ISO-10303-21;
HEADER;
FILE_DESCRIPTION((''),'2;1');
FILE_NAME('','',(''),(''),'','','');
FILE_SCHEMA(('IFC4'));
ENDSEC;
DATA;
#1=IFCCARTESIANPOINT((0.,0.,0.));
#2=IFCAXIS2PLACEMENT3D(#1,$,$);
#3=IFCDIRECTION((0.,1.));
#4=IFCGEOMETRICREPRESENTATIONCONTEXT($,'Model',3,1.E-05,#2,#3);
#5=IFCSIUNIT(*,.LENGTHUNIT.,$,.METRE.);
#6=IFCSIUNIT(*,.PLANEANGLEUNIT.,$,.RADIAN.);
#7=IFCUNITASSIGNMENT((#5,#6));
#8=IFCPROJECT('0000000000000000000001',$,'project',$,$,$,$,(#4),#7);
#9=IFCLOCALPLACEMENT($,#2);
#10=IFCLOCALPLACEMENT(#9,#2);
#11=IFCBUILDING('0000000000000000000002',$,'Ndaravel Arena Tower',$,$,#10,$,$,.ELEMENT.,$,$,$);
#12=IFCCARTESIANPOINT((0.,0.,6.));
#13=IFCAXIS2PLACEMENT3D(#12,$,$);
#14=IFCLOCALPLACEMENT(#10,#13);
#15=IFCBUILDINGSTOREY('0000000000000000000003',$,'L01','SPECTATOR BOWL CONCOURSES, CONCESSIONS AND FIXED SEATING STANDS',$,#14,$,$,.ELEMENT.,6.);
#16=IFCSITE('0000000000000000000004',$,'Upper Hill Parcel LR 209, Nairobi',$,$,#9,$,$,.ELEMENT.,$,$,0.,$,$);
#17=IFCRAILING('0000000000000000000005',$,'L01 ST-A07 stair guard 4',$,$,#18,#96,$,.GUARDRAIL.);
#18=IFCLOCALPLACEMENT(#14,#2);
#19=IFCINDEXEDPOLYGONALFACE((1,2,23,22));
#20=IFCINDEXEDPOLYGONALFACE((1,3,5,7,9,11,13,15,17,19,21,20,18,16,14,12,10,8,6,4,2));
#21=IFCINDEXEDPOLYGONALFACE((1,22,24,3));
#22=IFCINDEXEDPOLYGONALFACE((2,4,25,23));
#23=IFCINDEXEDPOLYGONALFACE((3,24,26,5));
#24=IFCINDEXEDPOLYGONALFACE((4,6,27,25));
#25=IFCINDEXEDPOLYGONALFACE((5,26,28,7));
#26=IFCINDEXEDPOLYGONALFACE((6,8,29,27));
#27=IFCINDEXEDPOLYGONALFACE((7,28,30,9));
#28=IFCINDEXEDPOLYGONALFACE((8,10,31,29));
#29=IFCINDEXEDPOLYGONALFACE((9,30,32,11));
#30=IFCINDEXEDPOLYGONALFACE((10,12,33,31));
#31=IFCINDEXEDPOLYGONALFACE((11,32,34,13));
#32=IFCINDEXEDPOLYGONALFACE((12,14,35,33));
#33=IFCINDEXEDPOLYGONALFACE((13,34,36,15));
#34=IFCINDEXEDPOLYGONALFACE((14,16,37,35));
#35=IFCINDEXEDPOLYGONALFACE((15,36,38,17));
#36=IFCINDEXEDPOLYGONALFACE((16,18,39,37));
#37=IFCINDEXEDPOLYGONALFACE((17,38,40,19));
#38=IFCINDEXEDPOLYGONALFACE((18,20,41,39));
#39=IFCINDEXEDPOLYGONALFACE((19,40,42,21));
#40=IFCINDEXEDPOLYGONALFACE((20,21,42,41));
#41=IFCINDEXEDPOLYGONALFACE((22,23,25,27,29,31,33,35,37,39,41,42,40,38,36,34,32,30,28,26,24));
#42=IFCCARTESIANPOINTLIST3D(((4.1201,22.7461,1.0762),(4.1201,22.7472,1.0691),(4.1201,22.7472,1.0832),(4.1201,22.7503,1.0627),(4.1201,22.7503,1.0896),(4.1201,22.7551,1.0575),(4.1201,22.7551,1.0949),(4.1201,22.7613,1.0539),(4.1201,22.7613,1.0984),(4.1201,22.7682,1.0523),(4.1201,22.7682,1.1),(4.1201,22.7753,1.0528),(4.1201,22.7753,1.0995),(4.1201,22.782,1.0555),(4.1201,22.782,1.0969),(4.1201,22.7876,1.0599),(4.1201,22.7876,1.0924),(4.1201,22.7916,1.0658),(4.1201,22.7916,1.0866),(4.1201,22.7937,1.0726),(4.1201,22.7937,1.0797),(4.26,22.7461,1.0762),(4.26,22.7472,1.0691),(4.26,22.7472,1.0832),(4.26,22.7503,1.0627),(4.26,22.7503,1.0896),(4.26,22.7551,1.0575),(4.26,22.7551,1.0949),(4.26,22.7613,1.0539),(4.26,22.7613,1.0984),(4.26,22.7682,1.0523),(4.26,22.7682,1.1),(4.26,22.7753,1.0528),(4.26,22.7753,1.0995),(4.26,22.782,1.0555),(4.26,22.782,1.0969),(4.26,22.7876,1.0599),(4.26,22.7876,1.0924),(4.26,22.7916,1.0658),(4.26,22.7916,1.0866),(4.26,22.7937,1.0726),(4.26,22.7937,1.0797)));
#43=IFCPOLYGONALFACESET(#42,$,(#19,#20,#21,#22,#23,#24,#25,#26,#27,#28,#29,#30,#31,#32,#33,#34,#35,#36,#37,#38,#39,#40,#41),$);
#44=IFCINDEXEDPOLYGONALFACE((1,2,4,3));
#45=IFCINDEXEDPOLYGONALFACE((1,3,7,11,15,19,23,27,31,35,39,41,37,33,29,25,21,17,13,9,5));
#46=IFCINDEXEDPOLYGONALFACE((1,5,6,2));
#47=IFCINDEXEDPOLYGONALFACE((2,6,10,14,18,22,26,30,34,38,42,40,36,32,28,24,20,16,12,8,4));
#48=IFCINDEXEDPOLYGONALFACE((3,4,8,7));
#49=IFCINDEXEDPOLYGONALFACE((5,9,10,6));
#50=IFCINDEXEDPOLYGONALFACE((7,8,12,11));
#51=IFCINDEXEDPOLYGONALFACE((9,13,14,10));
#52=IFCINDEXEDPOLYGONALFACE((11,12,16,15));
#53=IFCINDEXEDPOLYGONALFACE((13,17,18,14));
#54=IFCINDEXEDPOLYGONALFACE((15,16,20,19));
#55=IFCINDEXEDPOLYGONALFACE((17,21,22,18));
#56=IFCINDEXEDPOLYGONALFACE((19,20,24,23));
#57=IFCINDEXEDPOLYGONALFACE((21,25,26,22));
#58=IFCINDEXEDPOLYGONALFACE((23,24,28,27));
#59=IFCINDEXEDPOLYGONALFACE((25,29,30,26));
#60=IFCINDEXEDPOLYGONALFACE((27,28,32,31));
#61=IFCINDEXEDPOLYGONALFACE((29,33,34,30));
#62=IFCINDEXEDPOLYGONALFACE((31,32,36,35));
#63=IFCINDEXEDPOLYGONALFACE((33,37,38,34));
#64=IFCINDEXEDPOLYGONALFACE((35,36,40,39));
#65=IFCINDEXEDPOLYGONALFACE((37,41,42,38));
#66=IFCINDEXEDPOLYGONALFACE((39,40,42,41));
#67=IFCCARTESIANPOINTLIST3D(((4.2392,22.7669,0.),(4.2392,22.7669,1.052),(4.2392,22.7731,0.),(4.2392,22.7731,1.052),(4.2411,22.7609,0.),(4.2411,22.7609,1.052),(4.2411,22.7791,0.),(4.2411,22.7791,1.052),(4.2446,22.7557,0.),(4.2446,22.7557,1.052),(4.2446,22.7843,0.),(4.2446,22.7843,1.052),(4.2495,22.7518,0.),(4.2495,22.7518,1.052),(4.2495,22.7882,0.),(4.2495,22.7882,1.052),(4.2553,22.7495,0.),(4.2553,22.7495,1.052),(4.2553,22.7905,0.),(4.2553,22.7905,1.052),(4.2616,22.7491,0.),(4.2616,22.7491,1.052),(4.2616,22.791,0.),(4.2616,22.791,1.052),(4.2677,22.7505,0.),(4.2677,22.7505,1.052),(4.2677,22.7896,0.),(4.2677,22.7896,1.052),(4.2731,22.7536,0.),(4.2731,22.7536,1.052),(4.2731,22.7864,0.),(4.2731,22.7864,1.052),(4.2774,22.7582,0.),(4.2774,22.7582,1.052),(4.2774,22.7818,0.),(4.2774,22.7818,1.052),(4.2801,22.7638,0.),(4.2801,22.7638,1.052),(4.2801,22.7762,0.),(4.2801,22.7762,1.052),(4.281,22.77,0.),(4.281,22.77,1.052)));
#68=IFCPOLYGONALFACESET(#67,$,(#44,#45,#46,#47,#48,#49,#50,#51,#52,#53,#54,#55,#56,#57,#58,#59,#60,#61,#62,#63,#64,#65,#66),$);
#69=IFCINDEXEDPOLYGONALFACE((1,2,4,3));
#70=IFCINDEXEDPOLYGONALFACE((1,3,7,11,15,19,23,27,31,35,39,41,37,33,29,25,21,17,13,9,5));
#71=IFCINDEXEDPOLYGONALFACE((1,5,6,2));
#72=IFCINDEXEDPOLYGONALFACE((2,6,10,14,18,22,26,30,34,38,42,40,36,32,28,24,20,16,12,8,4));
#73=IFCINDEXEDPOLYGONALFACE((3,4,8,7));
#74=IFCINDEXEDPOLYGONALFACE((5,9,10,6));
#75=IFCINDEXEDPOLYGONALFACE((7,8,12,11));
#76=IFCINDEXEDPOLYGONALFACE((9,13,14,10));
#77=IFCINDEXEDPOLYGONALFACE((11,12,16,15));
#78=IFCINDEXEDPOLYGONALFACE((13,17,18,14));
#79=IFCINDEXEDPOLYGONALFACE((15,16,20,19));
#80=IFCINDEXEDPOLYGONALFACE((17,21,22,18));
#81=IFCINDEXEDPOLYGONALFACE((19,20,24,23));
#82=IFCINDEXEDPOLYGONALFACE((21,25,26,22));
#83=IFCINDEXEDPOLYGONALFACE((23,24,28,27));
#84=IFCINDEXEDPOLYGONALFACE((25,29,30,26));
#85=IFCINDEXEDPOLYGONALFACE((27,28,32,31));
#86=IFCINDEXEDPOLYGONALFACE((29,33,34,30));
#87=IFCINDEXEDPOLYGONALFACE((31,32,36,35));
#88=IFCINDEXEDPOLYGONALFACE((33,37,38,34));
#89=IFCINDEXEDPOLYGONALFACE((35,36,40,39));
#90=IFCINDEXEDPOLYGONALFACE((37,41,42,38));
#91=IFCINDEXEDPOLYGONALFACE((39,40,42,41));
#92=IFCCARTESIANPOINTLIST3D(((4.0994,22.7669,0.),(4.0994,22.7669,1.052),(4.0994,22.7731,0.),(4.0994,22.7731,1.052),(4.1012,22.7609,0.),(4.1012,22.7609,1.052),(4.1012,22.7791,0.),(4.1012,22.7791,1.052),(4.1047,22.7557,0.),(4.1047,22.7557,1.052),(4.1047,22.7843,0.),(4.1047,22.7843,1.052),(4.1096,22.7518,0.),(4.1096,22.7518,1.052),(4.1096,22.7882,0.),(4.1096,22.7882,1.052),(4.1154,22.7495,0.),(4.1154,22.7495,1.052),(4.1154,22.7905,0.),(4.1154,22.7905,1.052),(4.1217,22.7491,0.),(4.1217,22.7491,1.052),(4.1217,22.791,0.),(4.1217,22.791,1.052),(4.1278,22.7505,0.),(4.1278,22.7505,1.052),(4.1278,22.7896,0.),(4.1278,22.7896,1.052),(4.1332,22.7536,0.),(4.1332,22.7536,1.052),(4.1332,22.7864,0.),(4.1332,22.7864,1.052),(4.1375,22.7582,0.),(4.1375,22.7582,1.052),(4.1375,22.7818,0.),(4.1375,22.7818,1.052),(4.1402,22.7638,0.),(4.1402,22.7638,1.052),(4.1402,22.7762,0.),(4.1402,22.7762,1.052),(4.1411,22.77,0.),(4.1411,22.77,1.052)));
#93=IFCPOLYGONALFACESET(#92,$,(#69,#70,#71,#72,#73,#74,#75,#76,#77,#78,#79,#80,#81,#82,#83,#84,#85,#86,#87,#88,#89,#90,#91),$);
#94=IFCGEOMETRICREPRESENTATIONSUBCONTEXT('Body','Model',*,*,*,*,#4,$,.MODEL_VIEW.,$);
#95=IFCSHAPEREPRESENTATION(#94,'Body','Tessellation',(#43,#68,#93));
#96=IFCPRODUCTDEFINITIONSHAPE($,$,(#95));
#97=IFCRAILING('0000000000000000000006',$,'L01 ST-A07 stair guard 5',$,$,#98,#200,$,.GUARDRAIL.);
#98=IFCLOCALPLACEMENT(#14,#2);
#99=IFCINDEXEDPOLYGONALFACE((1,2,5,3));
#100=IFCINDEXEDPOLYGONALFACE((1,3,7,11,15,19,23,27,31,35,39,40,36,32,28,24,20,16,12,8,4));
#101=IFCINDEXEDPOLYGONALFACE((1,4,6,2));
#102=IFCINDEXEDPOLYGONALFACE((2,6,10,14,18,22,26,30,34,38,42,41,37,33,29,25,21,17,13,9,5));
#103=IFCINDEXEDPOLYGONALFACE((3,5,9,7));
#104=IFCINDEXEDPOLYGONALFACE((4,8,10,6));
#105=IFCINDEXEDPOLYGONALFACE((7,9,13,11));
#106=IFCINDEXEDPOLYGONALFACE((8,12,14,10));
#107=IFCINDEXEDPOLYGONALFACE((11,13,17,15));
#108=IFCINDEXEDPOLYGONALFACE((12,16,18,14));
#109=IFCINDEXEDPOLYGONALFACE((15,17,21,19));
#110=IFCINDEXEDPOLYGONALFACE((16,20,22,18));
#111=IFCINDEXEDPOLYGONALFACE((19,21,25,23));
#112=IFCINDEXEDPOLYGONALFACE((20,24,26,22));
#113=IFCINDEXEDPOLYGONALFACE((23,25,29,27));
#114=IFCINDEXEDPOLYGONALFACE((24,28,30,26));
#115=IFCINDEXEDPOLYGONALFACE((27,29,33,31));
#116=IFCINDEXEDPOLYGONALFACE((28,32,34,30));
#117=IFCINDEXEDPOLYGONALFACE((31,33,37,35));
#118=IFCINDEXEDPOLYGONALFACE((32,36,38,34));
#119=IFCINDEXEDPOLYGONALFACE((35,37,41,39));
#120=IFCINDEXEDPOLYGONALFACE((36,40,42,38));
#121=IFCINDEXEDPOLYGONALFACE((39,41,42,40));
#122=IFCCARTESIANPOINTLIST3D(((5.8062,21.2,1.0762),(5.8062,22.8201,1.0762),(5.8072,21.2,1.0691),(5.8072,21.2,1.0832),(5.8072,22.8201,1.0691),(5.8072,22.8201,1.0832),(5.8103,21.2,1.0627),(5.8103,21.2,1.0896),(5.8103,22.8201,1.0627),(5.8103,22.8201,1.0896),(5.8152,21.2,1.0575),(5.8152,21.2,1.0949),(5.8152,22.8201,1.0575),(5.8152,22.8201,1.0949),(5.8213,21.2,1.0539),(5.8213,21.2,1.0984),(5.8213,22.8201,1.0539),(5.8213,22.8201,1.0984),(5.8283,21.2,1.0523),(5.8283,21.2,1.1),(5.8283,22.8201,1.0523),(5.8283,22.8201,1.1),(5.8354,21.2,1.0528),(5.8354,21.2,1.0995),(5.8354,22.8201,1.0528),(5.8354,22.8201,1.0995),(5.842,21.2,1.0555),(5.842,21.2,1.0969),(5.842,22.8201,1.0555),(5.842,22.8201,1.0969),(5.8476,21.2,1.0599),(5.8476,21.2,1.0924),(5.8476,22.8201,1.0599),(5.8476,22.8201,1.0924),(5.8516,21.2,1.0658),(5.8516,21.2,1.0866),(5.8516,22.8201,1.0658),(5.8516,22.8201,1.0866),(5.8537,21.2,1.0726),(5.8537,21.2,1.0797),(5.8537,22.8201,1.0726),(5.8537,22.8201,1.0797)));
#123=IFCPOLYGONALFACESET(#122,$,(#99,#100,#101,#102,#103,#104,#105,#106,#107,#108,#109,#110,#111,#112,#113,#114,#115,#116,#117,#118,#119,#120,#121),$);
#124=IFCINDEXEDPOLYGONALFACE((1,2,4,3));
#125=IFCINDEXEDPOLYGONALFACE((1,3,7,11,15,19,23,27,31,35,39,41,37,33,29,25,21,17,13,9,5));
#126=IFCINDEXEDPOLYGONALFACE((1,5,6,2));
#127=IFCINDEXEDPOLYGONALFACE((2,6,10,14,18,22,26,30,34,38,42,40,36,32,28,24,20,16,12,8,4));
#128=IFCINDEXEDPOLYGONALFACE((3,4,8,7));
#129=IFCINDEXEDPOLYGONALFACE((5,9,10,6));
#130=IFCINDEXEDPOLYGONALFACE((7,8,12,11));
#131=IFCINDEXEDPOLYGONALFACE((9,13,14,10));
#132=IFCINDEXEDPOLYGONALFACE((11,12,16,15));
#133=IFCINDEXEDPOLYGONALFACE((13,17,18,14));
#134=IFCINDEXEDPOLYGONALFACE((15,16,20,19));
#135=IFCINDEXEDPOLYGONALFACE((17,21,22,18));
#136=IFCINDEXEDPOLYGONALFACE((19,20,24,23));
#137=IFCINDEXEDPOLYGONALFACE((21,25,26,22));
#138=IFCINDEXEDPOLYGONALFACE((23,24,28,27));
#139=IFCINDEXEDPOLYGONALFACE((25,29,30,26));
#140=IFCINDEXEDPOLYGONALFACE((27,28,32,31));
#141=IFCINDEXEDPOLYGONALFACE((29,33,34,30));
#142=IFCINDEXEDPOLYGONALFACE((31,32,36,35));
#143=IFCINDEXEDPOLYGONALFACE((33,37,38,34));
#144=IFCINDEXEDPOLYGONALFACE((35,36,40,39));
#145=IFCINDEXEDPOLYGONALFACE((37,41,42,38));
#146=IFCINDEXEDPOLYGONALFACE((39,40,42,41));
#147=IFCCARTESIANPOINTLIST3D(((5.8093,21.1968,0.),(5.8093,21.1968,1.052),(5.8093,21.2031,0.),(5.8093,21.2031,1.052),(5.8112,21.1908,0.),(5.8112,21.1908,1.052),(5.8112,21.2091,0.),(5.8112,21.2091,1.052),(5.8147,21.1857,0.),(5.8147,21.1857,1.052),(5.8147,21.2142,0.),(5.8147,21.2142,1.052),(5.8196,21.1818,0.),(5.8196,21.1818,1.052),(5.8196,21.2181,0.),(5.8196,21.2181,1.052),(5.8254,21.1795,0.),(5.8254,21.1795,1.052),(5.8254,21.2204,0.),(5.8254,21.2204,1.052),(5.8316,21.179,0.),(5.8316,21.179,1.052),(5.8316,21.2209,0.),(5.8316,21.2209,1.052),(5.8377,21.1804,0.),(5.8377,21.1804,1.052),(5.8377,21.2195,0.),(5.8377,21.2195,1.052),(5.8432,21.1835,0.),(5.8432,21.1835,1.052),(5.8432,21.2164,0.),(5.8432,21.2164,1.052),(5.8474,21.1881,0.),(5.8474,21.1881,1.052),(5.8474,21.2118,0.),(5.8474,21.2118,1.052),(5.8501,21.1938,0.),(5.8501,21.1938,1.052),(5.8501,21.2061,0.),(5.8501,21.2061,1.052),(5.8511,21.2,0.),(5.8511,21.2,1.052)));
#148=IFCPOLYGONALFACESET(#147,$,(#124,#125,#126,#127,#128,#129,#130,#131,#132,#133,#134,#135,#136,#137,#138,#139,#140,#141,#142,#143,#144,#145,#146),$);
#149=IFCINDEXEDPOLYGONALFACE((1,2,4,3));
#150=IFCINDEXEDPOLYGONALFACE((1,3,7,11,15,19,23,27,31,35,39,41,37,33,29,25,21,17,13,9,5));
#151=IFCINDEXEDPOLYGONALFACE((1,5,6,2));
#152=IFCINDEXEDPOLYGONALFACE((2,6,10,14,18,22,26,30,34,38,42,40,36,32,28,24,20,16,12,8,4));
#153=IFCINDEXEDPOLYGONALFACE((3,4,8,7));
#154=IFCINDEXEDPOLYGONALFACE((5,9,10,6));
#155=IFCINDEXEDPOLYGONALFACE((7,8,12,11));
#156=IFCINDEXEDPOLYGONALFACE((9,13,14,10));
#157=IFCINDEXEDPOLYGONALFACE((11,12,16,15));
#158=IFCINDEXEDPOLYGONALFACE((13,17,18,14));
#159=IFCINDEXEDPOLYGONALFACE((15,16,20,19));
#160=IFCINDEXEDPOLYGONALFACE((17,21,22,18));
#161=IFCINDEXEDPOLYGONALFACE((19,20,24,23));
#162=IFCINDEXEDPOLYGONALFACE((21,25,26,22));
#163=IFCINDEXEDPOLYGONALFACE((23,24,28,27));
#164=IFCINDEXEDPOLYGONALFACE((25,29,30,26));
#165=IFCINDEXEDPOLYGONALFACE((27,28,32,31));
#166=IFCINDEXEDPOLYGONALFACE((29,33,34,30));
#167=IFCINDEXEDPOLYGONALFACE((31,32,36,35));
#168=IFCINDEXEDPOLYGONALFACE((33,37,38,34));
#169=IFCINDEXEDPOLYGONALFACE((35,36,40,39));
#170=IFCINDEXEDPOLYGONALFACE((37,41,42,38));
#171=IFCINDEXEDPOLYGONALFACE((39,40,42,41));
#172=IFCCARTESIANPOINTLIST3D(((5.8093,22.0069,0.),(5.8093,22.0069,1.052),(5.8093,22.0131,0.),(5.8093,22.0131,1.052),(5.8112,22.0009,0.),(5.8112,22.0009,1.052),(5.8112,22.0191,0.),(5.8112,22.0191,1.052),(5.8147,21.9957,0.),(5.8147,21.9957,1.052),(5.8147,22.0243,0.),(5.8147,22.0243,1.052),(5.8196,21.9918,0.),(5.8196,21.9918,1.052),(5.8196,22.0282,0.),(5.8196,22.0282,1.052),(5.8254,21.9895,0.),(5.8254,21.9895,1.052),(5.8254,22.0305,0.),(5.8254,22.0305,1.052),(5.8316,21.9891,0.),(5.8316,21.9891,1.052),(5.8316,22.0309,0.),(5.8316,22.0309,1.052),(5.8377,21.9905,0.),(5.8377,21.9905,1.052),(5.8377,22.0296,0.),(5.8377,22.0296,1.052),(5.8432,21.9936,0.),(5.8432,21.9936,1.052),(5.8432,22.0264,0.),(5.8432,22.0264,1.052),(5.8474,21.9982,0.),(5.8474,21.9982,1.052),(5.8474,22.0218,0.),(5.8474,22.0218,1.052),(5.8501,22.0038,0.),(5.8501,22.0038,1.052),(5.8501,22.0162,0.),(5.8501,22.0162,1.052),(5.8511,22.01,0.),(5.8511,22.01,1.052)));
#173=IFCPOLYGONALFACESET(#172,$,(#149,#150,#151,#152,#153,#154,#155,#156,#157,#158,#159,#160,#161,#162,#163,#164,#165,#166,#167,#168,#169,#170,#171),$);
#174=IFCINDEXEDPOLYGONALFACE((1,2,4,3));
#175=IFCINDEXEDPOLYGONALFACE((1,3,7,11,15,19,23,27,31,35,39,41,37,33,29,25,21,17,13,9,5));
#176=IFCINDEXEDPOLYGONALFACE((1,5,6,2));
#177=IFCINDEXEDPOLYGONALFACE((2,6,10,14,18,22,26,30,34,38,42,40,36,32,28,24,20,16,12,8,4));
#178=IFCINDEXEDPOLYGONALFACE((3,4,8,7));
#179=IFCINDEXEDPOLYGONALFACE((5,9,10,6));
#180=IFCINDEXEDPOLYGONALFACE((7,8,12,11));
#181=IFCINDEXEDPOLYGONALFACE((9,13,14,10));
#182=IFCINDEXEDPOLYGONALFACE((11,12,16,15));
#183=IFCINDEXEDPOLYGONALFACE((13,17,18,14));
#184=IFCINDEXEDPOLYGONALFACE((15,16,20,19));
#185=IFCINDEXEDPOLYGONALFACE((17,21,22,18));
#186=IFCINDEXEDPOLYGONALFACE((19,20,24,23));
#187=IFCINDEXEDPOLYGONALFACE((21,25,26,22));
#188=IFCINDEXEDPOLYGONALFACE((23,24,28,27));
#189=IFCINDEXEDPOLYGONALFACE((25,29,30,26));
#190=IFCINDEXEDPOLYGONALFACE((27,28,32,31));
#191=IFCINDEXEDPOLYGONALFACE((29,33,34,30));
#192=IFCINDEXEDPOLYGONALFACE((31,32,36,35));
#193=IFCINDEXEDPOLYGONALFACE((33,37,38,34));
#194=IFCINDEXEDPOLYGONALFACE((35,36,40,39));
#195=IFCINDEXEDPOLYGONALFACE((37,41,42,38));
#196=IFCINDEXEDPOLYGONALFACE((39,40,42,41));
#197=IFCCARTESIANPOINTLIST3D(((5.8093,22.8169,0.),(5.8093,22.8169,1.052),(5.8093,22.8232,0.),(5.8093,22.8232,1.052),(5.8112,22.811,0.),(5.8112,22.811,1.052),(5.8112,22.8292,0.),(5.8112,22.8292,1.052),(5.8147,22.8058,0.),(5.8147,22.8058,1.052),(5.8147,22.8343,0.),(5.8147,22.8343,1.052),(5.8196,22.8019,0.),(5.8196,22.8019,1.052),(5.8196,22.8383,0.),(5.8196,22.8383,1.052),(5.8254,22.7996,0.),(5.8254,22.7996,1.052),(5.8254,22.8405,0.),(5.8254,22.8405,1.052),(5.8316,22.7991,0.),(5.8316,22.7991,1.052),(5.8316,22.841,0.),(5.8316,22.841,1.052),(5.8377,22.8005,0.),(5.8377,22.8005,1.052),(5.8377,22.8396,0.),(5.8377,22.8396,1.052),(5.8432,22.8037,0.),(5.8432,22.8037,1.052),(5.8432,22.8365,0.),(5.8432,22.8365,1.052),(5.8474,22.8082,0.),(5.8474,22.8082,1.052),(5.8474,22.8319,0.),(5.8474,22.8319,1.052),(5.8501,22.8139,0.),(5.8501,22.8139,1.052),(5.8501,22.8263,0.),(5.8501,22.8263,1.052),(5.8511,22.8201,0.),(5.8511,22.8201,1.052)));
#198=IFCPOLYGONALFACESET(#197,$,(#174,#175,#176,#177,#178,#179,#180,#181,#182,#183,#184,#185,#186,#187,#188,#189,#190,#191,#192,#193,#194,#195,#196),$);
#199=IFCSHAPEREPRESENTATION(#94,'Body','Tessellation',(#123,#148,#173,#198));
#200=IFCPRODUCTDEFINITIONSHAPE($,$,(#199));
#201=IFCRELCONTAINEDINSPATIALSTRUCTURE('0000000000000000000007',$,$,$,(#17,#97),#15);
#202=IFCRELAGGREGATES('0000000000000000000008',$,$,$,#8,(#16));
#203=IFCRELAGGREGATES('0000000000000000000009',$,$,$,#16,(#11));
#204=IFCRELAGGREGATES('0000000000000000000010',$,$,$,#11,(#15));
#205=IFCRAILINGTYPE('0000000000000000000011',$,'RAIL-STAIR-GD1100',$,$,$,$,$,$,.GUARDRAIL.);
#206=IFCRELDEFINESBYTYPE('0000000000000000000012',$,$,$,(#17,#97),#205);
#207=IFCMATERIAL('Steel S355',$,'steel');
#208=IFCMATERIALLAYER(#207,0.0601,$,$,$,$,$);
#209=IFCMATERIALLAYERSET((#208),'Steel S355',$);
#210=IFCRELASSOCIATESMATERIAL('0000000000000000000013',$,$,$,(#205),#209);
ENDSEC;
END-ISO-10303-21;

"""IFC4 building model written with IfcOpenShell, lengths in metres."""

from ifc_helpers import new_model, si_unit, direction, frame, origin, origin_2d, place, context, subcontext, project, spatial, circle, extrude, material, layer, layer_set, type_object, element, save


model = new_model("IFC4")

# Units and contexts
model_context = context("Model", 3, precision=1e-05, world=origin(), true_north=direction((0.0, 1.0)))
body_context = subcontext(model_context, "Body", "Model", "MODEL_VIEW")
ifc_project = project(units=[si_unit("LENGTHUNIT", "METRE"), si_unit("PLANEANGLEUNIT", "RADIAN")], contexts=[model_context])

# Site, building, storey
site_placement = place(None, origin())
site = spatial("IfcSite", under=ifc_project, at=site_placement, Name="Upper Hill Parcel LR 209, Nairobi", CompositionType="ELEMENT", RefElevation=0.0)
building_placement = place(site_placement, origin())
building = spatial("IfcBuilding", under=site, at=building_placement, Name="Ndaravel Arena Tower", CompositionType="ELEMENT")
storey_placement = place(building_placement, frame((0.0, 0.0, 6.0)))
storey = spatial("IfcBuildingStorey", under=building, at=storey_placement, Name="L01", Description="SPECTATOR BOWL CONCOURSES, CONCESSIONS AND FIXED SEATING STANDS", CompositionType="ELEMENT", Elevation=6.0)

# Railings
ifc_material_1 = material(Name="Steel S355", Category="steel")
ifc_layer_1 = layer(ifc_material_1, 0.0601)
ifc_layer_set_1 = layer_set([ifc_layer_1], Name="Steel S355")
railing_type_1 = type_object("IfcRailingType", Name="RAIL-STAIR-GD1100", PredefinedType="GUARDRAIL", material=ifc_layer_set_1)
railing_1_placement = place(storey_placement, frame((4.26, 22.77, 0.0)))
element("IfcRailing", 1, at=railing_1_placement, inside=storey, type_object=railing_type_1, Name="L01 ST-A07 stair guard 4", PredefinedType="GUARDRAIL", context=body_context, shape_type="SweptSolid", body=[
    extrude(circle(Radius=0.0239, at=origin_2d()), frame((0.0, 0.0, 1.0762), z_axis=(-1.0, 0.0, 0.0), x_axis=(0.0, -1.0, 0.0)), (0.0, 0.0, 1.0), 0.1399),
    extrude(circle(Radius=0.021, at=origin_2d()), origin(), (0.0, 0.0, 1.0), 1.052),
    extrude(circle(Radius=0.021, at=origin_2d()), frame((-0.1399, 0.0, 0.0)), (0.0, 0.0, 1.0), 1.052),
])
for number, where, name in (
    (2, (5.8301, 21.2, 0.0), "L01 ST-A07 stair guard 5"),
):
    element("IfcRailing", number, at=place(storey_placement, frame(where)), inside=storey, type_object=railing_type_1, Name=name, PredefinedType="GUARDRAIL", context=body_context, shape_type="SweptSolid", body=[
        extrude(circle(Radius=0.0239, at=origin_2d()), frame((0.0, 0.0, 1.0762), z_axis=(0.0, 1.0, 0.0), x_axis=(-1.0, 0.0, 0.0)), (0.0, 0.0, 1.0), 1.6201),
        extrude(circle(Radius=0.021, at=origin_2d()), origin(), (0.0, 0.0, 1.0), 1.052),
        extrude(circle(Radius=0.021, at=origin_2d()), frame((0.0, 0.8101, 0.0)), (0.0, 0.0, 1.0), 1.052),
        extrude(circle(Radius=0.021, at=origin_2d()), frame((0.0, 1.6201, 0.0)), (0.0, 0.0, 1.0), 1.052),
    ])

save(model, "model.ifc")
